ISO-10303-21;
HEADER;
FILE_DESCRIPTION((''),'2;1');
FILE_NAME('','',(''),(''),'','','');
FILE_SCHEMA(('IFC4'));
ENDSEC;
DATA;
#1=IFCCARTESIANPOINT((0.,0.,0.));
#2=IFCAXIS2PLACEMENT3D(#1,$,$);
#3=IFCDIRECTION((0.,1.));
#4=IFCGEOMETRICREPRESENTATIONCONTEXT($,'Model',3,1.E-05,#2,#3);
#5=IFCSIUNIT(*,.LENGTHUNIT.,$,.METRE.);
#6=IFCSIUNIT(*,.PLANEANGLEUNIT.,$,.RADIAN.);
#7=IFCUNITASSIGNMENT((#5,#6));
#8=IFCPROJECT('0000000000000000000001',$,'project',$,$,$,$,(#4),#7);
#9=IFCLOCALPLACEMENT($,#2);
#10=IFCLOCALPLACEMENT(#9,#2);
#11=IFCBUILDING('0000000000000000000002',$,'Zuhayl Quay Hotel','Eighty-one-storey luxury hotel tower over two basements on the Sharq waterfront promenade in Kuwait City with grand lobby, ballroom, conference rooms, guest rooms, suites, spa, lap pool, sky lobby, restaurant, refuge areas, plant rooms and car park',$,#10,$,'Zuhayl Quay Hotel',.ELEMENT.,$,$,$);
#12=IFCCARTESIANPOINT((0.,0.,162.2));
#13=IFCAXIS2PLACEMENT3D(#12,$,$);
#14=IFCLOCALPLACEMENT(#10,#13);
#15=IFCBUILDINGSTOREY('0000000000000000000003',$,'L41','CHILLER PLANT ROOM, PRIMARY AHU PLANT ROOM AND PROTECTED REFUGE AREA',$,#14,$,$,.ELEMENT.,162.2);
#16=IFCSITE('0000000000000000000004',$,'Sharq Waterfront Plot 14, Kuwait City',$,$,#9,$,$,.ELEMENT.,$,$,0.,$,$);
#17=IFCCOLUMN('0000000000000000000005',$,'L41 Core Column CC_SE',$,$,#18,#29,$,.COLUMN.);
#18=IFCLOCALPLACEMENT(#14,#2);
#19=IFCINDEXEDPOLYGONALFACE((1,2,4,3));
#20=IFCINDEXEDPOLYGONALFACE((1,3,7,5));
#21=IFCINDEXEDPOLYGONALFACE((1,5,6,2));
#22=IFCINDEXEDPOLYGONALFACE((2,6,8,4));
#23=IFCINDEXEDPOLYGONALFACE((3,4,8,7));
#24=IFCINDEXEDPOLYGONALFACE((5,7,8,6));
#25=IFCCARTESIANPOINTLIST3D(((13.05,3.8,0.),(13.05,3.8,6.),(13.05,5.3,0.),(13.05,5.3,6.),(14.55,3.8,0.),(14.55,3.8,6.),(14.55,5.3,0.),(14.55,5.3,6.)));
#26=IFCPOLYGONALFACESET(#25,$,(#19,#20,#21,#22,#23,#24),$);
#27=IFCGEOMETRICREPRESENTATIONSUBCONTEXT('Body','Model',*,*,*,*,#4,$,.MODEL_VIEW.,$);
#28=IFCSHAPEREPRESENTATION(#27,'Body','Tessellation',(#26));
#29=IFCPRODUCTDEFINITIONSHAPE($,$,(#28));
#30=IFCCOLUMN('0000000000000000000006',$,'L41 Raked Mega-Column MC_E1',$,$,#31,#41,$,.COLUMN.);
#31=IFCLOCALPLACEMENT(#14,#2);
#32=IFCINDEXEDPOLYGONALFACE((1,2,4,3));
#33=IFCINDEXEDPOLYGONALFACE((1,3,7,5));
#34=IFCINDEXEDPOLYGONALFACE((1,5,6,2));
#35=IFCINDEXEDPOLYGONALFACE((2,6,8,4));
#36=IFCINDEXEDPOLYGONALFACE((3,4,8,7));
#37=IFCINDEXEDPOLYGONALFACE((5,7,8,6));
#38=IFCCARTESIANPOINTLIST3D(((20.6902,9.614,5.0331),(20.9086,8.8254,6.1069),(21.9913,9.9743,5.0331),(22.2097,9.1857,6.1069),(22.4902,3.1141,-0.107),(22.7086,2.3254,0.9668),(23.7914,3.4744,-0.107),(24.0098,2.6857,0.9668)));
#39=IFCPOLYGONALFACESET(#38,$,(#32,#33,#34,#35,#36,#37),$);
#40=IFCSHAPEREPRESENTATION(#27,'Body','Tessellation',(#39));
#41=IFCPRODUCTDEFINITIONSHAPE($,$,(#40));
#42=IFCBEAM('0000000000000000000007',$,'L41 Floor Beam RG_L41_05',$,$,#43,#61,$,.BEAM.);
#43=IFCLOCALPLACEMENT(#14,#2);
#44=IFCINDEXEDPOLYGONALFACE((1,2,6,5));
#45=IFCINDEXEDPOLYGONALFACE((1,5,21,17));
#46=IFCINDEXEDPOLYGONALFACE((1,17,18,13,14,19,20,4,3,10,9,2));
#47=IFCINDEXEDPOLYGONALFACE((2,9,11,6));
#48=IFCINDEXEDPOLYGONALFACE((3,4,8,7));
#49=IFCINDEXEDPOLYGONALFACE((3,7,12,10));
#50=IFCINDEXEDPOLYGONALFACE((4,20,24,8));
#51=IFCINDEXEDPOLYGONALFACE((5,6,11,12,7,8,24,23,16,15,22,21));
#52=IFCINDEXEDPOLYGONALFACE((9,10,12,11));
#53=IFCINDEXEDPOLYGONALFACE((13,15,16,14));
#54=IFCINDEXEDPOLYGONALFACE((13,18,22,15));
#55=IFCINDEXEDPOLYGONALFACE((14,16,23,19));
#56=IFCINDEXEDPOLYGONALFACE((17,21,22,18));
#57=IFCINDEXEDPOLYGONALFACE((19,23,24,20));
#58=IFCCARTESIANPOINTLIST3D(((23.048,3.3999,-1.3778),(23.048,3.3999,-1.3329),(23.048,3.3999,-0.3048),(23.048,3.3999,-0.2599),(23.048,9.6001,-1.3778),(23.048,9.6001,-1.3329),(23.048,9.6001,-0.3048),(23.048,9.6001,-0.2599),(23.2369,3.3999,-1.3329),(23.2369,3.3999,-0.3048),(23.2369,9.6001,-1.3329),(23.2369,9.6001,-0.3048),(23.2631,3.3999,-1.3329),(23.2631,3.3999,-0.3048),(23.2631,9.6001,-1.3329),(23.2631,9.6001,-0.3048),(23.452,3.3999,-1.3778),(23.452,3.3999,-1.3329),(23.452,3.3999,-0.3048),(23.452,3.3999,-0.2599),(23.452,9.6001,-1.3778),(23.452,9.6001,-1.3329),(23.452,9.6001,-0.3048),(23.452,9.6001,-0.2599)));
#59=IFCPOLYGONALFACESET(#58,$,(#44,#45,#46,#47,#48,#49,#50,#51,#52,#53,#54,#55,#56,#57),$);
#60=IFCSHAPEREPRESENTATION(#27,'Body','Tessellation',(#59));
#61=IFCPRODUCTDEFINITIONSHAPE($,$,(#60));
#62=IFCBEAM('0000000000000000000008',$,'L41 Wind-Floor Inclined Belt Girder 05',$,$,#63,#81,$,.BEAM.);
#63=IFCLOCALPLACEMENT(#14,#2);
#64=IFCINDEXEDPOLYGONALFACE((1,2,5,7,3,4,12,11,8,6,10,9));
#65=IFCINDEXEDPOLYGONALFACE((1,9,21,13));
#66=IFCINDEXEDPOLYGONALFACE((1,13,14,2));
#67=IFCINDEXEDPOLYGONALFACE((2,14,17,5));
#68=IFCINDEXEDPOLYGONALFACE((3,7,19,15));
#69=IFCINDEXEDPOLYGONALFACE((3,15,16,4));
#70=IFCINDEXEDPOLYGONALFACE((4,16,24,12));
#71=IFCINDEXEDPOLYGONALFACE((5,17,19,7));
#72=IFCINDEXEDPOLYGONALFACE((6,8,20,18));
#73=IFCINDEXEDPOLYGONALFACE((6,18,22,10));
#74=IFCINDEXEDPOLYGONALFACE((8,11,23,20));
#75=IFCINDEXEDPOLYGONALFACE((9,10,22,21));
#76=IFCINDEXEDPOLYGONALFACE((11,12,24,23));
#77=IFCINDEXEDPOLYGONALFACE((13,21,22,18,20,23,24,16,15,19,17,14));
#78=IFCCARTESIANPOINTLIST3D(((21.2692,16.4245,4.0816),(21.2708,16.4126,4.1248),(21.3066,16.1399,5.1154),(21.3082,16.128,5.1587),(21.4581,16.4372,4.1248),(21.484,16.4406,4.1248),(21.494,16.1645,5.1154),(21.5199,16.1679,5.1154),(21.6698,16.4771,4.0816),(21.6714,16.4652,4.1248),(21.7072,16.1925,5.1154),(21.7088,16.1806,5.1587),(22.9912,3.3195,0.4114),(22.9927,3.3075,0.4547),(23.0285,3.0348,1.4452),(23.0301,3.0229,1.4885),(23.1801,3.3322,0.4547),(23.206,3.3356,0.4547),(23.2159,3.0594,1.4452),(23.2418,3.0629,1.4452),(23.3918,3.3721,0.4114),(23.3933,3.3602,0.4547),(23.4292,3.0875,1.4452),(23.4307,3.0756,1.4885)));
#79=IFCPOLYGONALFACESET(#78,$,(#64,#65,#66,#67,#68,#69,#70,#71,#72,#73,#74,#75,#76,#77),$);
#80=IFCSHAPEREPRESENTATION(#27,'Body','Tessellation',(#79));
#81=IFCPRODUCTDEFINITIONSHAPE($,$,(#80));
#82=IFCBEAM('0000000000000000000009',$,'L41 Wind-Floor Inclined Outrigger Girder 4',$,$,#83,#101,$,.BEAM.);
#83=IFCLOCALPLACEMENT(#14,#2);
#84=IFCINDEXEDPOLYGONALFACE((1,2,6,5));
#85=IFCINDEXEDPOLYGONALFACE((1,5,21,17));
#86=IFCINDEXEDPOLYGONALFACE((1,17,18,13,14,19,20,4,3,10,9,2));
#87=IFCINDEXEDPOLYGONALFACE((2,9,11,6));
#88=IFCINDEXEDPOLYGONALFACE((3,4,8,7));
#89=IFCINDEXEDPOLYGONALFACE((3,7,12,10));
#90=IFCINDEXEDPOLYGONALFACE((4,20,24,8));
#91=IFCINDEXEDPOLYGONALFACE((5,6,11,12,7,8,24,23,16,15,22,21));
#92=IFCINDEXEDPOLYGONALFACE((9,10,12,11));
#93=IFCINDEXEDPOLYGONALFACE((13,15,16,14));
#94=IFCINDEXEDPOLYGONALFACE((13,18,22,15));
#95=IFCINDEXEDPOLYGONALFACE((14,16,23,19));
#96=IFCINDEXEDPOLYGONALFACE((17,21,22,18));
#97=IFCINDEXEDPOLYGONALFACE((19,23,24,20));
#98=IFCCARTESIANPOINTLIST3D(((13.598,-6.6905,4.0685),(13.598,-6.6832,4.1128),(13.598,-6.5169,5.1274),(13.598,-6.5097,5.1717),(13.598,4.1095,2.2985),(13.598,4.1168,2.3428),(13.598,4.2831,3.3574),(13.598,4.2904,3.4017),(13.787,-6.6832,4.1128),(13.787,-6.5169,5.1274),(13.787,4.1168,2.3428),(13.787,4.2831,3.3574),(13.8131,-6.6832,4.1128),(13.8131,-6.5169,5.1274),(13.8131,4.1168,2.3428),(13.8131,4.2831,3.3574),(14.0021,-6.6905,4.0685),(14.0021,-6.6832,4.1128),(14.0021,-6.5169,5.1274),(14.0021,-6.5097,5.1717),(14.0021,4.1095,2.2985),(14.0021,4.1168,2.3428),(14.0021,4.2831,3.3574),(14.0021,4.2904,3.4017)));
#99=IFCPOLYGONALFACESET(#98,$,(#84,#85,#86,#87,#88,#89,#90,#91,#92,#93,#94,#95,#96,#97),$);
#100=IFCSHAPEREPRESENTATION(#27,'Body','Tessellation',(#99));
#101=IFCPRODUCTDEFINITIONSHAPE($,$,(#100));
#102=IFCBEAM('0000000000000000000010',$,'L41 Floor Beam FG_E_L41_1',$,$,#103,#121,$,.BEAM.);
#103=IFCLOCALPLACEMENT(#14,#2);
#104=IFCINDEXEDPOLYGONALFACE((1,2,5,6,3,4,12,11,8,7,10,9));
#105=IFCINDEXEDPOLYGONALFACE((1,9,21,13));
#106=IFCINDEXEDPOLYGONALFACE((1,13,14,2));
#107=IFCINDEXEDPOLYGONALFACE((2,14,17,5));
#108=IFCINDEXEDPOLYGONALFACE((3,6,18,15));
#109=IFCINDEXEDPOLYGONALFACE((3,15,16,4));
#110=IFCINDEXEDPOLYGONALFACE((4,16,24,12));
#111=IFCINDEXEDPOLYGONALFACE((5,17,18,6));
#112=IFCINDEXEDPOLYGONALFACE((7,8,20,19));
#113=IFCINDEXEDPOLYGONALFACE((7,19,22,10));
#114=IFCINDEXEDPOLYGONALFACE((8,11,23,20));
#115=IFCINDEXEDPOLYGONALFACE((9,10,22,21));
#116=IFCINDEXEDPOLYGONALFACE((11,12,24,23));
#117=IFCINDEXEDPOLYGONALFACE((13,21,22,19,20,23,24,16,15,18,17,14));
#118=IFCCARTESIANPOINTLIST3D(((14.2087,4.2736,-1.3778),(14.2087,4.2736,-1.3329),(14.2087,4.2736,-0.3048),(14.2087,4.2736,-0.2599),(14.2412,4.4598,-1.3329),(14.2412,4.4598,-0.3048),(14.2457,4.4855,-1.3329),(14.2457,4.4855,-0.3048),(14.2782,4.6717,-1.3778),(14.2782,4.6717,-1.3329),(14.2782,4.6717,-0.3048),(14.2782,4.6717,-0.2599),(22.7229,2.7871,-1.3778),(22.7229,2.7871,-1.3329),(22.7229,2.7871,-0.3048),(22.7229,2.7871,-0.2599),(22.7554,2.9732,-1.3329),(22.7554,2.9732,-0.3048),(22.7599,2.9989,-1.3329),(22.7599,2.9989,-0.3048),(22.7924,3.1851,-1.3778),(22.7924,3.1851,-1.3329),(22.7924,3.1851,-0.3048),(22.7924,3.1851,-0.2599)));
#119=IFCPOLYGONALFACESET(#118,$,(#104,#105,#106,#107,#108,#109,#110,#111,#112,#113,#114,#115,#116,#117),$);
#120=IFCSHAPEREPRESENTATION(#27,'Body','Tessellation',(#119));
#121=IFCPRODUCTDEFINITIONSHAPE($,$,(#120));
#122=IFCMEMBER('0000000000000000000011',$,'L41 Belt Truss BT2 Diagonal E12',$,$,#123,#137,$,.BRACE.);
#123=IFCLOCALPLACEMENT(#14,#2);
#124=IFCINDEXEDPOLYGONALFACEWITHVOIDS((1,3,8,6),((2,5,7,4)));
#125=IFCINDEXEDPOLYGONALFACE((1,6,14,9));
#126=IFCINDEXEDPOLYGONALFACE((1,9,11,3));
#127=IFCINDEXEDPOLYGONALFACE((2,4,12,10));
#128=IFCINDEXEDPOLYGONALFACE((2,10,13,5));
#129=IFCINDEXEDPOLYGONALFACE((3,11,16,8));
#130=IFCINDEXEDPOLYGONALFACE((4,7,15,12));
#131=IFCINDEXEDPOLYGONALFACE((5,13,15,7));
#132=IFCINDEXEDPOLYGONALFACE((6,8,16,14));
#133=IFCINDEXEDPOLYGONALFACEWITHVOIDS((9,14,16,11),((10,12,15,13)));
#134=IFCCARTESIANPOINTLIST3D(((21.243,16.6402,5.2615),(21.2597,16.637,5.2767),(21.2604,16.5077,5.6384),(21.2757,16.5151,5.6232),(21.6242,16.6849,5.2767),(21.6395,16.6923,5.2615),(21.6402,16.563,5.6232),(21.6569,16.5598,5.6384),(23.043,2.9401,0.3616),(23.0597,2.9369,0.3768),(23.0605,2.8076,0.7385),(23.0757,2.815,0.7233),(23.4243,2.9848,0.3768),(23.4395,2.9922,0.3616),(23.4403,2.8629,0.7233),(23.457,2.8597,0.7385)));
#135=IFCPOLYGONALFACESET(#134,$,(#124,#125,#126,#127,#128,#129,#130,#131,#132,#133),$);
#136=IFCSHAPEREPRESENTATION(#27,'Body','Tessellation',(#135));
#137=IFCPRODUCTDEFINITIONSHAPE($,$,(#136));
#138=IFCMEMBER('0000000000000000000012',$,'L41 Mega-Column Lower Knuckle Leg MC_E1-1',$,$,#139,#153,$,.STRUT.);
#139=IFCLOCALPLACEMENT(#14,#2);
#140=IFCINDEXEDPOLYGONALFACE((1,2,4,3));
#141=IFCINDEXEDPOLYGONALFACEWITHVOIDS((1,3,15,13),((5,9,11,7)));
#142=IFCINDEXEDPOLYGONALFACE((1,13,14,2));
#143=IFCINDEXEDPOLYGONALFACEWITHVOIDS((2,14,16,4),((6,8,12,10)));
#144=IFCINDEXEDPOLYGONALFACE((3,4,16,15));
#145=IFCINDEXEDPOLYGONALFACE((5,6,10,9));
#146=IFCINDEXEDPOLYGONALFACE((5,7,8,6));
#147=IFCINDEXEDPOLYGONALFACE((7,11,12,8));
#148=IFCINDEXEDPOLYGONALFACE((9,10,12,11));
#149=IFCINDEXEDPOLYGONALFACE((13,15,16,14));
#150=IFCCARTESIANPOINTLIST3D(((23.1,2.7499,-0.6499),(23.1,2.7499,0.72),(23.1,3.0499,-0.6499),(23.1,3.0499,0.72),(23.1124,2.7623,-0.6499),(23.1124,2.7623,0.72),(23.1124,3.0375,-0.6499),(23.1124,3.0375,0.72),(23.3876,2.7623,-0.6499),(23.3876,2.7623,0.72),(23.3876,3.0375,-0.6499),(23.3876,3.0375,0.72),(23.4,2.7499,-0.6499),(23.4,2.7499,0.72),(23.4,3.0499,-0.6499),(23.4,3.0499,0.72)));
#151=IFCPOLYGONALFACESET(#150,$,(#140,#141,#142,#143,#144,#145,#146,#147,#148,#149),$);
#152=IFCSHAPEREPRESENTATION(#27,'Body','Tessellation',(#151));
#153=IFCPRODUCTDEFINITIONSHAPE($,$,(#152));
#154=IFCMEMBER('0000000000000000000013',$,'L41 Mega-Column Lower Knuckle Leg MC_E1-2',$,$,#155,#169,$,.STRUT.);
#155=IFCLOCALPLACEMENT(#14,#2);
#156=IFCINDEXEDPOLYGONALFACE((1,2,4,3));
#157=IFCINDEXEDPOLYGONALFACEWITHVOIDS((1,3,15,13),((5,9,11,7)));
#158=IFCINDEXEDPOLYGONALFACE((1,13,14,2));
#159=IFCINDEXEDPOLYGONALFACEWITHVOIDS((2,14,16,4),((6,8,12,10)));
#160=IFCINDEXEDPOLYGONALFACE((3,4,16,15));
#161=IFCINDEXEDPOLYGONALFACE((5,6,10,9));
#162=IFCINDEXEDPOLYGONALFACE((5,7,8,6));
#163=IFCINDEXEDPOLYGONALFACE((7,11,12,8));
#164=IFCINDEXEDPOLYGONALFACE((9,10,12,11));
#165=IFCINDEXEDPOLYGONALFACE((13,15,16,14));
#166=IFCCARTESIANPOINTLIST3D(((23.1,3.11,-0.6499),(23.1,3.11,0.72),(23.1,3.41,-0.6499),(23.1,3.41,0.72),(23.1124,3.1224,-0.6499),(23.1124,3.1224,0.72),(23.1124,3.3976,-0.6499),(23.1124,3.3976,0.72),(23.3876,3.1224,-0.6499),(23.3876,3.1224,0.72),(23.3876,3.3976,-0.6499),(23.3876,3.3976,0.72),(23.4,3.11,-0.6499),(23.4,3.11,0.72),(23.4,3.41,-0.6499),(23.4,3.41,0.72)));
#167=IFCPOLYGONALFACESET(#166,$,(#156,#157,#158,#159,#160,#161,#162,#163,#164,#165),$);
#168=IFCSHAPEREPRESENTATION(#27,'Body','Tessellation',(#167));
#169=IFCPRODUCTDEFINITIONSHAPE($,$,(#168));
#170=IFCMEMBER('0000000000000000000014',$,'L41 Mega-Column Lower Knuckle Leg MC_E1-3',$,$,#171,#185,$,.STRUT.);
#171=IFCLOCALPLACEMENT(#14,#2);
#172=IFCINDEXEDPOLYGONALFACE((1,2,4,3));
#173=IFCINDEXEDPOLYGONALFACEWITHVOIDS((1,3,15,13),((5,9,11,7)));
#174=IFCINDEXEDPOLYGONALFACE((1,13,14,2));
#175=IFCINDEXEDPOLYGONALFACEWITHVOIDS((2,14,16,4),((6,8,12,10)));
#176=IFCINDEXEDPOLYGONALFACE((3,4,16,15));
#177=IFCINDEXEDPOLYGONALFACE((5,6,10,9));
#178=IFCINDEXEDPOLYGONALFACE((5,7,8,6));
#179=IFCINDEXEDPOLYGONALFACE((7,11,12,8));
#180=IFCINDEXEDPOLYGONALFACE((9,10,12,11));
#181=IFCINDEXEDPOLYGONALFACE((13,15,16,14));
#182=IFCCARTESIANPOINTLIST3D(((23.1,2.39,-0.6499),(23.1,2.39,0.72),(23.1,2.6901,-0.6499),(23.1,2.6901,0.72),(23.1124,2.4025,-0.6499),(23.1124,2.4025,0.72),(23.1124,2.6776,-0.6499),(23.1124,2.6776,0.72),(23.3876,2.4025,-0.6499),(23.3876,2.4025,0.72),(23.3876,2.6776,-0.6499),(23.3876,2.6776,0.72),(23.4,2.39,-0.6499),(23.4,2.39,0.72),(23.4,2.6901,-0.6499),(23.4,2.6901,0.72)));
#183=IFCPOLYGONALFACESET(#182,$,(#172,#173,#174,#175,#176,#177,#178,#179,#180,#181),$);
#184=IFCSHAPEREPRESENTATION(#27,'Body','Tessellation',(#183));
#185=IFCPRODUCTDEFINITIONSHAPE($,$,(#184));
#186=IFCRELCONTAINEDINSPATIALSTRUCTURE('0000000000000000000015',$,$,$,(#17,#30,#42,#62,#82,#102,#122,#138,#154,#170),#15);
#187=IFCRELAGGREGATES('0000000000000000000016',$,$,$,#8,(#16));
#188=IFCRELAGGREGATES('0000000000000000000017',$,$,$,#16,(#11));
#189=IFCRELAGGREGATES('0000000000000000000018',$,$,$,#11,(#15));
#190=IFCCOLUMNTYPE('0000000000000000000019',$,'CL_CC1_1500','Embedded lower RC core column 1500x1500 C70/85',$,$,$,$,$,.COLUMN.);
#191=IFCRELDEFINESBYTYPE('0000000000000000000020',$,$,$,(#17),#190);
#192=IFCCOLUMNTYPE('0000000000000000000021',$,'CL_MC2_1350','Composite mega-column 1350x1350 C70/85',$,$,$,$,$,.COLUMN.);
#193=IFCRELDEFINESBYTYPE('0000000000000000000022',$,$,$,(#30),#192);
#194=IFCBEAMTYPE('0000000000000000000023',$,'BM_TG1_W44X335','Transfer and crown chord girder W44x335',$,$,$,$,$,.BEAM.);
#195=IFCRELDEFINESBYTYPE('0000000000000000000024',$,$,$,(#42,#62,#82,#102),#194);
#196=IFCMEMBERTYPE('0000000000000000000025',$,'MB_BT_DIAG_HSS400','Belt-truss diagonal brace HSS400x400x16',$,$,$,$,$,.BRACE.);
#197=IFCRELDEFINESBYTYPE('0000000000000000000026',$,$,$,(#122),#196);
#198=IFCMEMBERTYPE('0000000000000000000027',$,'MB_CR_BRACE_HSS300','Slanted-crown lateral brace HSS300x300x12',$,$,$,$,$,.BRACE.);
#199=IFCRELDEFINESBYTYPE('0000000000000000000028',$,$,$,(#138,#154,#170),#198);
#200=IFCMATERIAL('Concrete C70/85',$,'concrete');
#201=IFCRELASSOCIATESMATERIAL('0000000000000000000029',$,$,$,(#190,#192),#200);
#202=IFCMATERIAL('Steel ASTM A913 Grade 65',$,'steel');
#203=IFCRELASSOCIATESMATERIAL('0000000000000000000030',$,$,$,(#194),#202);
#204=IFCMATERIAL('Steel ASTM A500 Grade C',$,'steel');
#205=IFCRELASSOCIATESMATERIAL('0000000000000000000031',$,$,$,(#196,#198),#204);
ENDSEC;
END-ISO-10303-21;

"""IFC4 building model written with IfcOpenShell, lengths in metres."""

from ifc_helpers import new_model, si_unit, direction, frame, origin, origin_2d, place, context, subcontext, project, spatial, rectangle, hollow_rectangle, i_section, extrude, material, material_profile, profile_set, type_object, element, save


model = new_model("IFC4")

# Units and contexts
model_context = context("Model", 3, precision=1e-05, world=origin(), true_north=direction((0.0, 1.0)))
body_context = subcontext(model_context, "Body", "Model", "MODEL_VIEW")
ifc_project = project(units=[si_unit("LENGTHUNIT", "METRE"), si_unit("PLANEANGLEUNIT", "RADIAN")], contexts=[model_context])

# Site, building, storey
site_placement = place(None, origin())
site = spatial("IfcSite", under=ifc_project, at=site_placement, Name="Sharq Waterfront Plot 14, Kuwait City", CompositionType="ELEMENT", RefElevation=0.0)
building_placement = place(site_placement, origin())
building = spatial("IfcBuilding", under=site, at=building_placement, Name="Zuhayl Quay Hotel", Description="Eighty-one-storey luxury hotel tower over two basements on the Sharq waterfront promenade in Kuwait City with grand lobby, ballroom, conference rooms, guest rooms, suites, spa, lap pool, sky lobby, restaurant, refuge areas, plant rooms and car park", LongName="Zuhayl Quay Hotel", CompositionType="ELEMENT")
storey_placement = place(building_placement, frame((0.0, 0.0, 162.2)))
storey = spatial("IfcBuildingStorey", under=building, at=storey_placement, Name="L41", Description="CHILLER PLANT ROOM, PRIMARY AHU PLANT ROOM AND PROTECTED REFUGE AREA", CompositionType="ELEMENT", Elevation=162.2)

# Columns
ifc_material_1 = material(Name="Concrete C70/85", Category="concrete")
ifc_material_profile_1 = material_profile(ifc_material_1, rectangle(XDim=1.5, YDim=1.5, at=origin_2d()), Name="RC1500X1500")
ifc_profile_set_1 = profile_set([ifc_material_profile_1], Name="Concrete C70/85")
column_type_1 = type_object("IfcColumnType", Name="CL_CC1_1500", Description="Embedded lower RC core column 1500x1500 C70/85", PredefinedType="COLUMN", material=ifc_profile_set_1)
column_1_placement = place(storey_placement, frame((13.8, 4.55, 0.0), z_axis=(0.0, 0.0, 1.0), x_axis=(1.0, 0.0, 0.0)))
element("IfcColumn", 1, at=column_1_placement, inside=storey, type_object=column_type_1, Name="L41 Core Column CC_SE", PredefinedType="COLUMN", context=body_context, shape_type="SweptSolid", body=[
    extrude(rectangle(XDim=1.5, YDim=1.5, at=origin_2d()), origin(), (0.0, 0.0, 1.0), 6.0),
])
ifc_material_profile_2 = material_profile(ifc_material_1, rectangle(XDim=1.3501, YDim=1.3501, at=origin_2d()), Name="RC1350X1350")
ifc_profile_set_2 = profile_set([ifc_material_profile_2], Name="Concrete C70/85")
column_type_2 = type_object("IfcColumnType", Name="CL_MC2_1350", Description="Composite mega-column 1350x1350 C70/85", PredefinedType="COLUMN", material=ifc_profile_set_2)
column_2_placement = place(storey_placement, frame((23.25, 2.8999, 0.4299), z_axis=(-0.212269, 0.766505, 0.606145), x_axis=(-0.963728, -0.266886, 0.0)))
element("IfcColumn", 2, at=column_2_placement, inside=storey, type_object=column_type_2, Name="L41 Raked Mega-Column MC_E1", PredefinedType="COLUMN", context=body_context, shape_type="SweptSolid", body=[
    extrude(rectangle(XDim=1.3501, YDim=1.3501, at=origin_2d()), origin(), (0.0, 0.0, 1.0), 8.48),
])

# Beams
ifc_material_2 = material(Name="Steel ASTM A913 Grade 65", Category="steel")
ifc_material_profile_3 = material_profile(ifc_material_2, i_section(OverallWidth=0.4041, OverallDepth=1.1179, WebThickness=0.0261, FlangeThickness=0.0449, at=origin_2d()), Name="W44X335")
ifc_profile_set_3 = profile_set([ifc_material_profile_3], Name="Steel ASTM A913 Grade 65")
beam_type = type_object("IfcBeamType", Name="BM_TG1_W44X335", Description="Transfer and crown chord girder W44x335", PredefinedType="BEAM", material=ifc_profile_set_3)
beam_1_placement = place(storey_placement, frame((23.25, 3.3999, -0.8188), z_axis=(0.0, 1.0, 0.0), x_axis=(-1.0, 0.0, 0.0)))
element("IfcBeam", 3, at=beam_1_placement, inside=storey, type_object=beam_type, Name="L41 Floor Beam RG_L41_05", PredefinedType="BEAM", context=body_context, shape_type="SweptSolid", body=[
    extrude(i_section(OverallWidth=0.4041, OverallDepth=1.1179, WebThickness=0.0261, FlangeThickness=0.0449, at=origin_2d()), origin(), (0.0, 0.0, 1.0), 6.2002),
])
beam_2_placement = place(storey_placement, frame((23.2109, 3.1975, 0.95), z_axis=(-0.125526, 0.955333, 0.267549), x_axis=(-0.991478, -0.130275, 0.0)))
element("IfcBeam", 4, at=beam_2_placement, inside=storey, type_object=beam_type, Name="L41 Wind-Floor Inclined Belt Girder 05", PredefinedType="BEAM", context=body_context, shape_type="SweptSolid", body=[
    extrude(i_section(OverallWidth=0.4041, OverallDepth=1.1179, WebThickness=0.0261, FlangeThickness=0.0449, at=origin_2d()), origin(), (0.0, 0.0, 1.0), 13.7178),
])
beam_3_placement = place(storey_placement, frame((13.8, 4.2, 2.8501), z_axis=(0.0, -0.986835, 0.161732), x_axis=(1.0, 0.0, 0.0)))
element("IfcBeam", 5, at=beam_3_placement, inside=storey, type_object=beam_type, Name="L41 Wind-Floor Inclined Outrigger Girder 4", PredefinedType="BEAM", context=body_context, shape_type="SweptSolid", body=[
    extrude(i_section(OverallWidth=0.4041, OverallDepth=1.1179, WebThickness=0.0261, FlangeThickness=0.0449, at=origin_2d()), origin(), (0.0, 0.0, 1.0), 10.9441),
])
beam_4_placement = place(storey_placement, frame((14.2434, 4.4727, -0.8188), z_axis=(0.985097, -0.171998, 0.0), x_axis=(0.171998, 0.985097, 0.0)))
element("IfcBeam", 6, at=beam_4_placement, inside=storey, type_object=beam_type, Name="L41 Floor Beam FG_E_L41_1", PredefinedType="BEAM", context=body_context, shape_type="SweptSolid", body=[
    extrude(i_section(OverallWidth=0.4041, OverallDepth=1.1179, WebThickness=0.0261, FlangeThickness=0.0449, at=origin_2d()), origin(), (0.0, 0.0, 1.0), 8.6431),
])

# Members
ifc_material_3 = material(Name="Steel ASTM A500 Grade C", Category="steel")
ifc_material_profile_4 = material_profile(ifc_material_3, hollow_rectangle(XDim=0.3999, YDim=0.3999, WallThickness=0.0161, at=origin_2d()), Name="HSS400X400X16")
ifc_profile_set_4 = profile_set([ifc_material_profile_4], Name="Steel ASTM A500 Grade C")
member_type_1 = type_object("IfcMemberType", Name="MB_BT_DIAG_HSS400", Description="Belt-truss diagonal brace HSS400x400x16", PredefinedType="BRACE", material=ifc_profile_set_4)
member_1_placement = place(storey_placement, frame((23.25, 2.8999, 0.55), z_axis=(-0.122778, 0.934466, 0.334214), x_axis=(-0.991479, -0.130269, 0.0)))
element("IfcMember", 7, at=member_1_placement, inside=storey, type_object=member_type_1, Name="L41 Belt Truss BT2 Diagonal E12", PredefinedType="BRACE", context=body_context, shape_type="SweptSolid", body=[
    extrude(hollow_rectangle(XDim=0.3999, YDim=0.3999, WallThickness=0.0161, at=origin_2d()), origin(), (0.0, 0.0, 1.0), 14.6609),
])
ifc_material_profile_5 = material_profile(ifc_material_3, hollow_rectangle(XDim=0.3, YDim=0.3, WallThickness=0.0125, at=origin_2d()), Name="HSS300X300X12")
ifc_profile_set_5 = profile_set([ifc_material_profile_5], Name="Steel ASTM A500 Grade C")
member_type_2 = type_object("IfcMemberType", Name="MB_CR_BRACE_HSS300", Description="Slanted-crown lateral brace HSS300x300x12", PredefinedType="BRACE", material=ifc_profile_set_5)
for number, where, z_axis, x_axis, name in (
    (8, (23.25, 2.8999, -0.6499), (0.0, 0.0, 1.0), (1.0, 0.0, 0.0), "L41 Mega-Column Lower Knuckle Leg MC_E1-1"),
    (9, (23.25, 3.26, -0.6499), (0.0, 0.0, 1.0), (1.0, 0.0, 0.0), "L41 Mega-Column Lower Knuckle Leg MC_E1-2"),
    (10, (23.25, 2.54, -0.6499), (0.0, 0.0, 1.0), (1.0, 0.0, 0.0), "L41 Mega-Column Lower Knuckle Leg MC_E1-3"),
):
    element("IfcMember", number, at=place(storey_placement, frame(where, z_axis=z_axis, x_axis=x_axis)), inside=storey, type_object=member_type_2, Name=name, PredefinedType="STRUT", context=body_context, shape_type="SweptSolid", body=[
        extrude(hollow_rectangle(XDim=0.3, YDim=0.3, WallThickness=0.0125, at=origin_2d()), origin(), (0.0, 0.0, 1.0), 1.3699),
    ])

save(model, "model.ifc")
